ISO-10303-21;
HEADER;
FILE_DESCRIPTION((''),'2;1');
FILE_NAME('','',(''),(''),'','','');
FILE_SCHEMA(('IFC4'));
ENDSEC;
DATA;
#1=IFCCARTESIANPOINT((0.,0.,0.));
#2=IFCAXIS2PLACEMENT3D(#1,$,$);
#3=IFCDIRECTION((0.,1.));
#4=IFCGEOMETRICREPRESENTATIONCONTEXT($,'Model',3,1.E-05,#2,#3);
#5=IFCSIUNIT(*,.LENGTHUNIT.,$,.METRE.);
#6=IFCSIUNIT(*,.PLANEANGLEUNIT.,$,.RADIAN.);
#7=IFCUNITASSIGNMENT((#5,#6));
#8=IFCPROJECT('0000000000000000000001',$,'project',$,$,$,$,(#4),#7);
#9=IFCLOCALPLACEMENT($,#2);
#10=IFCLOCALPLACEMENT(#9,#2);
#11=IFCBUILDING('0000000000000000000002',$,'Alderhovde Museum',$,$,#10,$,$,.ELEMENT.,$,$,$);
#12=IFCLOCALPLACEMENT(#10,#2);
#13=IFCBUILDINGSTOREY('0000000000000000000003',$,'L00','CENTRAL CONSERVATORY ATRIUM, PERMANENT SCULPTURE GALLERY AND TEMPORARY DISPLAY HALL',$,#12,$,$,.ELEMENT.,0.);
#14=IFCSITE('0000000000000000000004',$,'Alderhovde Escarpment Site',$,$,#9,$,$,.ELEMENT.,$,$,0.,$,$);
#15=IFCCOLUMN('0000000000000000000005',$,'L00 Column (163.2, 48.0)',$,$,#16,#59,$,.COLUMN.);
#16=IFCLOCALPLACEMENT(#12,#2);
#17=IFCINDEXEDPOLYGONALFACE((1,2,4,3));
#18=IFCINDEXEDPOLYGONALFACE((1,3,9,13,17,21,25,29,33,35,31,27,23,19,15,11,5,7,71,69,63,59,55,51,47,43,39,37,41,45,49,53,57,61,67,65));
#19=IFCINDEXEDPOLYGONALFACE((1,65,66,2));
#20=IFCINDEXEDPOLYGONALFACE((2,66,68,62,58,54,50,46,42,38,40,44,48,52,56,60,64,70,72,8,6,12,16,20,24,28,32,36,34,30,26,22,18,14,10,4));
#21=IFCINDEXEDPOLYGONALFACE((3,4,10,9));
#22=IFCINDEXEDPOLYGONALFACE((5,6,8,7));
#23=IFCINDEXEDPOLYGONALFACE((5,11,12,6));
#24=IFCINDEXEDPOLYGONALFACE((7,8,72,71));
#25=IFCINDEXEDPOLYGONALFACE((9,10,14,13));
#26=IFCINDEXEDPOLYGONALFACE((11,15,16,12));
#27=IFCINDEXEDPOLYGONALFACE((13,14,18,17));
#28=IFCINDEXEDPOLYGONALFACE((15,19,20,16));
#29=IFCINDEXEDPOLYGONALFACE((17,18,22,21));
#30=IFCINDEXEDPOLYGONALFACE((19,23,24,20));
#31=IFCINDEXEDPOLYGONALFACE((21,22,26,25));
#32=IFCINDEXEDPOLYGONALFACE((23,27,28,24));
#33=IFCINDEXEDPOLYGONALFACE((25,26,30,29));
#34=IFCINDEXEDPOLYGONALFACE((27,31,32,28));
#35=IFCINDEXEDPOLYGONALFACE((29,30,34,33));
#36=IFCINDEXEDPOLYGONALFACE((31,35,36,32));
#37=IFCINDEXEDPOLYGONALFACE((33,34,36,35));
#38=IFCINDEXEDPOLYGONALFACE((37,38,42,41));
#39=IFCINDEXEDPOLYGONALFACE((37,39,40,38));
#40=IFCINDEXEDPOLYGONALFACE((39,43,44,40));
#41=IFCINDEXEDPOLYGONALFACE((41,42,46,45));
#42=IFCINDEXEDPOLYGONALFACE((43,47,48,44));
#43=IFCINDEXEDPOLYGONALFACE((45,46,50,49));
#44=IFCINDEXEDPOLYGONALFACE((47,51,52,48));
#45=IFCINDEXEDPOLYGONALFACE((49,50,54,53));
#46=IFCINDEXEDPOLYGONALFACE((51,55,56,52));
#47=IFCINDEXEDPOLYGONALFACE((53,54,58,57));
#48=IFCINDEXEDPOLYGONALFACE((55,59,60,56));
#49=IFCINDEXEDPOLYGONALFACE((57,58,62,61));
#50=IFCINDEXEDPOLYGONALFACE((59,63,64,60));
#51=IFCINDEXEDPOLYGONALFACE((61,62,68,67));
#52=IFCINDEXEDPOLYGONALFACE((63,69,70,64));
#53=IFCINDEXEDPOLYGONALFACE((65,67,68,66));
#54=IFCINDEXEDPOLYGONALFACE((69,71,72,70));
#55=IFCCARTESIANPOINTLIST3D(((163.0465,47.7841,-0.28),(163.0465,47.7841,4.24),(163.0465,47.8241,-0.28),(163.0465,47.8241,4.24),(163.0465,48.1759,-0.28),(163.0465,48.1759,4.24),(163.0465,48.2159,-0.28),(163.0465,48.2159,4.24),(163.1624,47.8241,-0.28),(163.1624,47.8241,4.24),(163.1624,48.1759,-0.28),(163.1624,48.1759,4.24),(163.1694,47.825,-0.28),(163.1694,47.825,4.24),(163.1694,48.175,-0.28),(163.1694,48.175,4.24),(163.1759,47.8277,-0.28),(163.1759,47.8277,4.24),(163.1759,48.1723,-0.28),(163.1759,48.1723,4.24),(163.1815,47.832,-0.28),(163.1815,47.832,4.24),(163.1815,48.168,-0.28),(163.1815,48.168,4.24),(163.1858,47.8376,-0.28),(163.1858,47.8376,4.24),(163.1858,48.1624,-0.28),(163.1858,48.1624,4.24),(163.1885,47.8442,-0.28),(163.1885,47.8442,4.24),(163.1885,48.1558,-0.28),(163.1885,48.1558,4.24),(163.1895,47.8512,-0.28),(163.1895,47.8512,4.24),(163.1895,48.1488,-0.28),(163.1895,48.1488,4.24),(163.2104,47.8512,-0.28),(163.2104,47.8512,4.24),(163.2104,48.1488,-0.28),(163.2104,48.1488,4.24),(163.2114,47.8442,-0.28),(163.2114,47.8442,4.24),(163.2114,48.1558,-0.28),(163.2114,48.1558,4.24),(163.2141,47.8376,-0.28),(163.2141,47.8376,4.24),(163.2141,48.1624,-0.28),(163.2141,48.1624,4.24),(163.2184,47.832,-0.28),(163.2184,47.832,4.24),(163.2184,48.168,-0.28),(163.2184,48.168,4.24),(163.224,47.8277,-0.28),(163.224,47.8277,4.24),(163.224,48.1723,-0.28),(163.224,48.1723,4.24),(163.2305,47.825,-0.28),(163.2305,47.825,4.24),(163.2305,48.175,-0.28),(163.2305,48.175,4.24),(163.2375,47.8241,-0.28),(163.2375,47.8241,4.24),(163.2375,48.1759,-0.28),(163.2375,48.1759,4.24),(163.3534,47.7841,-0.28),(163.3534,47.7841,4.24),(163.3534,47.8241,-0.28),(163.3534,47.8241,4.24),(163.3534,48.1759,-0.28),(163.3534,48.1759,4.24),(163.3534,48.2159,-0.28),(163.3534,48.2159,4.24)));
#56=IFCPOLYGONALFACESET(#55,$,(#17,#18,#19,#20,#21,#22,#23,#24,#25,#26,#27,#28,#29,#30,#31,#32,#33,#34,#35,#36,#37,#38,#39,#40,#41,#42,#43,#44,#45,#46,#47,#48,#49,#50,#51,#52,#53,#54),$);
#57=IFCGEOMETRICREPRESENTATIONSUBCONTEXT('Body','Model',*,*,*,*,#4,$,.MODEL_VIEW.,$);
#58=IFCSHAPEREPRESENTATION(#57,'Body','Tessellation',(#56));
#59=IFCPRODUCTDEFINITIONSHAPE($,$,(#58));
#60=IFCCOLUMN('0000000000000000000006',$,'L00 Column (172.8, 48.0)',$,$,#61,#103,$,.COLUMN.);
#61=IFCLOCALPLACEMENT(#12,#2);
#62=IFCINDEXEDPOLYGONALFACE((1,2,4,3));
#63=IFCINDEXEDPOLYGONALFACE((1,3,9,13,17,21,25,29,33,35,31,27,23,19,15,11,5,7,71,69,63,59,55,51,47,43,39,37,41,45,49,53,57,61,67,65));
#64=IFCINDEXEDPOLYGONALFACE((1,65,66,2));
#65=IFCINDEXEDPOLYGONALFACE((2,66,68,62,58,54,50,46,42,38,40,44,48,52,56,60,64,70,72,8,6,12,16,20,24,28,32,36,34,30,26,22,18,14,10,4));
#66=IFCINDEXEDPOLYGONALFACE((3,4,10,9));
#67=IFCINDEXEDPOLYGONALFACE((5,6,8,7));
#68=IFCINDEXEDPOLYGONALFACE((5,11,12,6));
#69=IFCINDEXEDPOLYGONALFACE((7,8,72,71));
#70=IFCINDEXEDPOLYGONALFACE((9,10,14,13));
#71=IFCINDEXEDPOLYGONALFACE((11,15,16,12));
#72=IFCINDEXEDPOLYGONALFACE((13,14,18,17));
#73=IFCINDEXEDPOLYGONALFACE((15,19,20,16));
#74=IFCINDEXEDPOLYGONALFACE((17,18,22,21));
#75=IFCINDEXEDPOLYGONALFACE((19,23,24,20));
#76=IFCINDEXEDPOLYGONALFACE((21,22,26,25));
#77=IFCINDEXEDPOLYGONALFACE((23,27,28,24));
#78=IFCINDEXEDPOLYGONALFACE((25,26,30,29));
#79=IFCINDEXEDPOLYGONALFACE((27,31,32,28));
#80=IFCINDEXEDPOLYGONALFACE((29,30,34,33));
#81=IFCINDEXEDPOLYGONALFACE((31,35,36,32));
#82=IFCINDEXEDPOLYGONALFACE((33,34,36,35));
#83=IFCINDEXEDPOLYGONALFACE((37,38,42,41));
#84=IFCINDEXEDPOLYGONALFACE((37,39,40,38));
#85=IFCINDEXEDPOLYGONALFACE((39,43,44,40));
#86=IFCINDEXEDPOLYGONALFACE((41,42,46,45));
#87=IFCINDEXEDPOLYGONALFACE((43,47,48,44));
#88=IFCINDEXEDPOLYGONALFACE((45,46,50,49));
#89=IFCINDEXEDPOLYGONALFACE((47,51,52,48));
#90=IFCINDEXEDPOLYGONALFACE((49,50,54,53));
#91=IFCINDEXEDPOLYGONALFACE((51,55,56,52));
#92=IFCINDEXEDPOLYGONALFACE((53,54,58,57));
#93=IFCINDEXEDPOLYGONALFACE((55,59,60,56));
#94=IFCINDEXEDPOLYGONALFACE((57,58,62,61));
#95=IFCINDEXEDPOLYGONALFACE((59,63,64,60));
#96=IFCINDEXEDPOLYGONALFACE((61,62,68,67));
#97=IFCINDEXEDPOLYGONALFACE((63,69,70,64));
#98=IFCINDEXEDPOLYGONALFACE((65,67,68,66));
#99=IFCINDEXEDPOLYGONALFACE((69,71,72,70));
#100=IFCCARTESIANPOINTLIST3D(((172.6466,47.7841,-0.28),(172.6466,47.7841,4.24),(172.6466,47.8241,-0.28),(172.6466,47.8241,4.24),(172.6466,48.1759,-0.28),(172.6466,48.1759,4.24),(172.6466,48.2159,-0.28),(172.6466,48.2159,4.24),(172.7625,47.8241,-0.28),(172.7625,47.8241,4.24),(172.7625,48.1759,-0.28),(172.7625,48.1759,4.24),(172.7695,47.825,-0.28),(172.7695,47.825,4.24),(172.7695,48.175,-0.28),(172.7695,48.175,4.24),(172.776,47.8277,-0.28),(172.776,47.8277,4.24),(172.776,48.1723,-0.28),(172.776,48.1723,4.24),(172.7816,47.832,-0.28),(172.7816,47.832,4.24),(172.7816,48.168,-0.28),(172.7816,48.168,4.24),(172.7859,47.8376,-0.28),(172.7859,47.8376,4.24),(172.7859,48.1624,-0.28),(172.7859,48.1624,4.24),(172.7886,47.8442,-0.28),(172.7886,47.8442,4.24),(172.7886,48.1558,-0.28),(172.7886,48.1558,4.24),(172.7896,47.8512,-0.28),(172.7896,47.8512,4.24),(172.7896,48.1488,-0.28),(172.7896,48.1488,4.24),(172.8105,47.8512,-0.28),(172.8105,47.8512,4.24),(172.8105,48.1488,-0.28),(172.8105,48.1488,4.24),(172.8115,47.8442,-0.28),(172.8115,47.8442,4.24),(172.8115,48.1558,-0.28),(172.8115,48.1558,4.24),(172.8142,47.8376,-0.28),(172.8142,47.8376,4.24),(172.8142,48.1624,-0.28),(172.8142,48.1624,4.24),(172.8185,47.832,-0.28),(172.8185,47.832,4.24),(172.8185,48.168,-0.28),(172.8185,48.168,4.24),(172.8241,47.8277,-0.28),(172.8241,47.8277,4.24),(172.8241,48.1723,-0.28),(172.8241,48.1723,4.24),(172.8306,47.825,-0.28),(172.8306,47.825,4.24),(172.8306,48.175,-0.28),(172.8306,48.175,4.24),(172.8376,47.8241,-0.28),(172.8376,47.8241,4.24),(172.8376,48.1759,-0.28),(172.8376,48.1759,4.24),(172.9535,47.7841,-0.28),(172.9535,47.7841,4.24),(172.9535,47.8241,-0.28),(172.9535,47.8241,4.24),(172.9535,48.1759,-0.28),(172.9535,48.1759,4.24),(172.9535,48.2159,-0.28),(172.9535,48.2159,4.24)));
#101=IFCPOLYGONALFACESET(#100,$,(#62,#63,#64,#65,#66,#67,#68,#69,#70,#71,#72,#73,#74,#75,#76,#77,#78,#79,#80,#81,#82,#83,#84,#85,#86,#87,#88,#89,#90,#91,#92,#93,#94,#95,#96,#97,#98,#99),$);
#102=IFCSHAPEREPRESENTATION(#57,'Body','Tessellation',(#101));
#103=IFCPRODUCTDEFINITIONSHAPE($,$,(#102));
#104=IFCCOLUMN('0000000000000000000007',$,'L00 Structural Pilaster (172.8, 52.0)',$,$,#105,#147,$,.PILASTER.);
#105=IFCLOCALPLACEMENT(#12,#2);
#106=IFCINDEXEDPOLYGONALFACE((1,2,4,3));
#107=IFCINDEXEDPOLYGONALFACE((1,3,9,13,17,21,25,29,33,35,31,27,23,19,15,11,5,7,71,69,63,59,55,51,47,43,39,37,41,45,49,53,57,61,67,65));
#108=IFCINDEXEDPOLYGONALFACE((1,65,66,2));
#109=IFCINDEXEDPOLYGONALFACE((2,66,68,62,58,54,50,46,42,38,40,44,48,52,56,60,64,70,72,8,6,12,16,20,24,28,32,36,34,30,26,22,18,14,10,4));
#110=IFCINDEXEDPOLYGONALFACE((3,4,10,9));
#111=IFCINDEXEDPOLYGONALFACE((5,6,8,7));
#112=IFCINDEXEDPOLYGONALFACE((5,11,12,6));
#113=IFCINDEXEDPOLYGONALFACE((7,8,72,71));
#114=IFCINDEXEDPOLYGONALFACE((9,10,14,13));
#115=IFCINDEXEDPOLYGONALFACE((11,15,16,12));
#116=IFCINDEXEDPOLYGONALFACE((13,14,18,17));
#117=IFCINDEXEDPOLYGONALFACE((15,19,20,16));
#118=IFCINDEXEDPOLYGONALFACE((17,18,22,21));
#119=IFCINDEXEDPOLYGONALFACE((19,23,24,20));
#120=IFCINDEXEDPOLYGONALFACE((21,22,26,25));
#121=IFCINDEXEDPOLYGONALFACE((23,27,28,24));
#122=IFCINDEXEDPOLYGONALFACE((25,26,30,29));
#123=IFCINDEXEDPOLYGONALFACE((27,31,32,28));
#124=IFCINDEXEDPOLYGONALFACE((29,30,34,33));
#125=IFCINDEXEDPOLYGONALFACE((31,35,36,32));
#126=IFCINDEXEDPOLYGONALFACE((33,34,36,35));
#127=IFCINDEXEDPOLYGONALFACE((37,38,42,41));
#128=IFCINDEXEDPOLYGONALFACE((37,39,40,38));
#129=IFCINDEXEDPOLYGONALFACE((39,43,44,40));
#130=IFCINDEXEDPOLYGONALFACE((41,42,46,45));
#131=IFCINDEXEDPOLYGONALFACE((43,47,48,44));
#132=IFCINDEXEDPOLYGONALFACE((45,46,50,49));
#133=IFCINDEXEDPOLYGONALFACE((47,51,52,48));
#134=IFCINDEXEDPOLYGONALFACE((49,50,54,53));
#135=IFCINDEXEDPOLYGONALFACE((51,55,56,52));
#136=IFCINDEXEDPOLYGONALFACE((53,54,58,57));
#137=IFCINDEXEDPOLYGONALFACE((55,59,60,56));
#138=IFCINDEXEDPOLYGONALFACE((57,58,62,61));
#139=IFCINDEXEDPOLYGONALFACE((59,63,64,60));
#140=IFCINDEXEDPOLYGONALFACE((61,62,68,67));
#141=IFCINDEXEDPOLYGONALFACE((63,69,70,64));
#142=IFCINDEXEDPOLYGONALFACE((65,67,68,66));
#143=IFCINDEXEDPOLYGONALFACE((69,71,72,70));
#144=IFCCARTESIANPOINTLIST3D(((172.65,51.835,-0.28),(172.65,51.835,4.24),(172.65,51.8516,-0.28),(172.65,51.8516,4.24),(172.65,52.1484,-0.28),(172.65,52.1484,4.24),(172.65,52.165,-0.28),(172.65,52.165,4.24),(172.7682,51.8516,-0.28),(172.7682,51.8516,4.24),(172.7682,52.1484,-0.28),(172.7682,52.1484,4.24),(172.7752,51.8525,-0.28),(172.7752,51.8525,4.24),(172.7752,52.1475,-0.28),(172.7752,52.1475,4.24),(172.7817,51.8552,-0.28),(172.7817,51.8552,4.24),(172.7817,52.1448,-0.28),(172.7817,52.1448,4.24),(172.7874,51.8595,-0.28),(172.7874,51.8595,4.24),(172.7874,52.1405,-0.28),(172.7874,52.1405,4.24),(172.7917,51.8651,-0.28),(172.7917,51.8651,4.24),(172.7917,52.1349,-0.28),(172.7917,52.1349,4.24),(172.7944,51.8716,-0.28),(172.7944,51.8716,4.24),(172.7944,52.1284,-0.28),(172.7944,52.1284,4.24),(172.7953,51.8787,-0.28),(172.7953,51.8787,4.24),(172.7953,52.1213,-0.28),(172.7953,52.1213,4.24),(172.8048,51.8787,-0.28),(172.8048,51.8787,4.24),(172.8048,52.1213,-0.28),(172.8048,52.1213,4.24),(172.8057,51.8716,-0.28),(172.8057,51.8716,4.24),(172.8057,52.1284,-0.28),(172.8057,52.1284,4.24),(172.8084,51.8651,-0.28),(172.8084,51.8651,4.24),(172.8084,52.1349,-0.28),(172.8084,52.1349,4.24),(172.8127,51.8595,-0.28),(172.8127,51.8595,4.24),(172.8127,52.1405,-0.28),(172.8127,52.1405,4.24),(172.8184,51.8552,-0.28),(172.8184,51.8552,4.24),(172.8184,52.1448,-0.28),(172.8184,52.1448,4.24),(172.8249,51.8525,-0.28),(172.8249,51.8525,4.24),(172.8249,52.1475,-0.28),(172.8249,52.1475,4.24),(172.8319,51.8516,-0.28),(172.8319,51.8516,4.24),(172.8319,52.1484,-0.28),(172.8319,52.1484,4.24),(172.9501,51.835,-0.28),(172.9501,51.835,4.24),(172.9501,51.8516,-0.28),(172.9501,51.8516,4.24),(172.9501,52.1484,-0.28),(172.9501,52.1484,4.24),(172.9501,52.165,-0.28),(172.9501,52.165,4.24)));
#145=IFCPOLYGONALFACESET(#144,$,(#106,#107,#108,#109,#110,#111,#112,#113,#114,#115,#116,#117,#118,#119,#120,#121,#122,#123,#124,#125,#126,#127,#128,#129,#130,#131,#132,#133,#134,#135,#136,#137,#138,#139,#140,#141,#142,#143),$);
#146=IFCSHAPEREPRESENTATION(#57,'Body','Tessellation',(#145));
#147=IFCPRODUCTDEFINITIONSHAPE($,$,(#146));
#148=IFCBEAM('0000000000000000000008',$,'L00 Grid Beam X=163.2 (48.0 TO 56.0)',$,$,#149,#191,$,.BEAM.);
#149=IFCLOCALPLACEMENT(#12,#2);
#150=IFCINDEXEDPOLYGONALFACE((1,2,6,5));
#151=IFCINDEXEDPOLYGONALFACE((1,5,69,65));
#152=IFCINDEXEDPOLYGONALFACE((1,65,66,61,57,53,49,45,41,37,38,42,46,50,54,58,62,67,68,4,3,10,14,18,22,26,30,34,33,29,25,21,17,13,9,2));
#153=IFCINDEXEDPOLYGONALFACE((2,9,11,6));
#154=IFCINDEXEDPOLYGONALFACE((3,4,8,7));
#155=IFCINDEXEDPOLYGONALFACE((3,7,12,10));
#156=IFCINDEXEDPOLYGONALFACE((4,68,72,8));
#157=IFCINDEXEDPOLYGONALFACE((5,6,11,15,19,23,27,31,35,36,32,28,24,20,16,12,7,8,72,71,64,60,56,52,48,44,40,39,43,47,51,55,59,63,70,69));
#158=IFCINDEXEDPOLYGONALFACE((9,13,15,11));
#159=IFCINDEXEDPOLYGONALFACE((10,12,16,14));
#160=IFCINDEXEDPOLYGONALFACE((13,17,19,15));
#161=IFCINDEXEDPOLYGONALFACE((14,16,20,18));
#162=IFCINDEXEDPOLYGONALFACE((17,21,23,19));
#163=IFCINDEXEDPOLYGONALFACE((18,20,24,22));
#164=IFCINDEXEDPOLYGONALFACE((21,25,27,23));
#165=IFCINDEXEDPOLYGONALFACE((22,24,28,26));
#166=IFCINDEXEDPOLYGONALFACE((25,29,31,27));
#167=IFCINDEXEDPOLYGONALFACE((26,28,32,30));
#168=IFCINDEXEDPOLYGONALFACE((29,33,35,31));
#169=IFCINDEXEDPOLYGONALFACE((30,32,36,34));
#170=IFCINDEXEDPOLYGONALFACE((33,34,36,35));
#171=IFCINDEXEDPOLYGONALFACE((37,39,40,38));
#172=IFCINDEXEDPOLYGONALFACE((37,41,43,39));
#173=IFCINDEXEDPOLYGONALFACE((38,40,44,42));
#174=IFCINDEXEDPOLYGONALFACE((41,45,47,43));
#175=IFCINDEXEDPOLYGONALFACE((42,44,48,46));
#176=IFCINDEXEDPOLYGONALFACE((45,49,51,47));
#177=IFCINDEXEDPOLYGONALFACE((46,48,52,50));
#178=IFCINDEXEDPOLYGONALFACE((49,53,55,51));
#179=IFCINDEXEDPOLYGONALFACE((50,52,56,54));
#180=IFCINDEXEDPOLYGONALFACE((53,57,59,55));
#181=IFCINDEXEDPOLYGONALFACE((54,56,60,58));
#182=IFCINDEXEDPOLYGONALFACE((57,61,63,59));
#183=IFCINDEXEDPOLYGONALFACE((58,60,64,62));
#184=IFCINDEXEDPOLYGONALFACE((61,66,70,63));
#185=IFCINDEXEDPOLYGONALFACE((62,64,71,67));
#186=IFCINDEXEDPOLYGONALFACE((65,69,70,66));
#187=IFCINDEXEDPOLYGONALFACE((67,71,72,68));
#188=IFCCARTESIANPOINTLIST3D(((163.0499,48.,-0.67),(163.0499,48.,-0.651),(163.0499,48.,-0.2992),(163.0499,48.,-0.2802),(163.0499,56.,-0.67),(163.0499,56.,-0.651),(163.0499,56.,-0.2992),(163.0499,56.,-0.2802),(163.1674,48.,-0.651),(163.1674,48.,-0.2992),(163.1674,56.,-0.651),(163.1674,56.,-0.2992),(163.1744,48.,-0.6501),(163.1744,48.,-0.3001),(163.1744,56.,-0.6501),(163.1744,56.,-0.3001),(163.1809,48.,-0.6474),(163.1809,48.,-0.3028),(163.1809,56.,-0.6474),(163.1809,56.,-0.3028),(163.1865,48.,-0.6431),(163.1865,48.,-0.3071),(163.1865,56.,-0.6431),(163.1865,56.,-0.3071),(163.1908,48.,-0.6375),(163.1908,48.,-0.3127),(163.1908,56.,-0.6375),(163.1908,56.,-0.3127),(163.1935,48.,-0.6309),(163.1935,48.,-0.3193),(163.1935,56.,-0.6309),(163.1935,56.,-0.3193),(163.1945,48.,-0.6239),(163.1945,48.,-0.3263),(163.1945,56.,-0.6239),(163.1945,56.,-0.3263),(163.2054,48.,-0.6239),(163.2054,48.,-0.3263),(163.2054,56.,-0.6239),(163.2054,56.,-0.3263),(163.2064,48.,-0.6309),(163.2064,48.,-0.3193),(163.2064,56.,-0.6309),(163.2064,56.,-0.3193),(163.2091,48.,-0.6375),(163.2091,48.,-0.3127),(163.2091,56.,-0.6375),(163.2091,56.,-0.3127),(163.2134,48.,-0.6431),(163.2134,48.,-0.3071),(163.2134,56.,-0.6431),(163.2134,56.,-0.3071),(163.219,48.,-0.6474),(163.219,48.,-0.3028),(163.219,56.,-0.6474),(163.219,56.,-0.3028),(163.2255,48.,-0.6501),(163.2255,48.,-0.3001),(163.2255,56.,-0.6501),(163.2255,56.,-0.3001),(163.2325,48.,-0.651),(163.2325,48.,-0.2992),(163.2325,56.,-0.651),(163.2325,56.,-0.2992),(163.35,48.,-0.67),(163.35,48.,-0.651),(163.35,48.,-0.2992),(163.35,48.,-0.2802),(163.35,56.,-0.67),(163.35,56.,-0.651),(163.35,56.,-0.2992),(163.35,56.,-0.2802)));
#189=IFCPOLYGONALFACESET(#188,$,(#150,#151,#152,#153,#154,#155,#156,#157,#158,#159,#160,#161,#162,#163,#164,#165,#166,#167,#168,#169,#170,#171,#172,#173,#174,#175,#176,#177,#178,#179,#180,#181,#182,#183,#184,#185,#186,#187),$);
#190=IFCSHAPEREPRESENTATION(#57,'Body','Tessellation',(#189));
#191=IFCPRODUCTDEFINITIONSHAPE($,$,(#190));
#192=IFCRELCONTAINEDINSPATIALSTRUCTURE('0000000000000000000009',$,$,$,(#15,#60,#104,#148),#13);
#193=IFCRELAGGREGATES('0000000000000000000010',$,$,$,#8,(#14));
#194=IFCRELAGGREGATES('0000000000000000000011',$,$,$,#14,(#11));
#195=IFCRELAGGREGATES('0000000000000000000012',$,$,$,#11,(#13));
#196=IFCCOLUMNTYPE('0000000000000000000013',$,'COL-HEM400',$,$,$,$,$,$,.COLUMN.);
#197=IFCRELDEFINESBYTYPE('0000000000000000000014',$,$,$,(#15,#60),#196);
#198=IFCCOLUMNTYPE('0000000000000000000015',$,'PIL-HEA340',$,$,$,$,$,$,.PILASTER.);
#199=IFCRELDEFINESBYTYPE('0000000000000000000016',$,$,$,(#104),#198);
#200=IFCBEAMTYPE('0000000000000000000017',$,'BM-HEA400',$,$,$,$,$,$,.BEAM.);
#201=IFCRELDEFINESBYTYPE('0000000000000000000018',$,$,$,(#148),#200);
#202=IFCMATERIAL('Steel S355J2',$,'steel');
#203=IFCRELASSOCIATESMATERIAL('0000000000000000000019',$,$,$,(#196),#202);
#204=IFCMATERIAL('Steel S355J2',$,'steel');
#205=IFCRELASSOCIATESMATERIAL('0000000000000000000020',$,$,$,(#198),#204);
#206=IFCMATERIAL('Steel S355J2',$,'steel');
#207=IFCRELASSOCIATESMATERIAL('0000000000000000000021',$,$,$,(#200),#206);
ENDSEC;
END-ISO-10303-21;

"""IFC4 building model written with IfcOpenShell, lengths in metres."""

from ifc_helpers import new_model, si_unit, direction, frame, origin, origin_2d, place, context, subcontext, project, spatial, i_section, extrude, material, material_profile, profile_set, type_object, element, save


model = new_model("IFC4")

# Units and contexts
model_context = context("Model", 3, precision=1e-05, world=origin(), true_north=direction((0.0, 1.0)))
body_context = subcontext(model_context, "Body", "Model", "MODEL_VIEW")
ifc_project = project(units=[si_unit("LENGTHUNIT", "METRE"), si_unit("PLANEANGLEUNIT", "RADIAN")], contexts=[model_context])

# Site, building, storey
site_placement = place(None, origin())
site = spatial("IfcSite", under=ifc_project, at=site_placement, Name="Alderhovde Escarpment Site", CompositionType="ELEMENT", RefElevation=0.0)
building_placement = place(site_placement, origin())
building = spatial("IfcBuilding", under=site, at=building_placement, Name="Alderhovde Museum", CompositionType="ELEMENT")
storey_placement = place(building_placement, origin())
storey = spatial("IfcBuildingStorey", under=building, at=storey_placement, Name="L00", Description="CENTRAL CONSERVATORY ATRIUM, PERMANENT SCULPTURE GALLERY AND TEMPORARY DISPLAY HALL", CompositionType="ELEMENT", Elevation=0.0)

# Columns
ifc_material_1 = material(Name="Steel S355J2", Category="steel")
ifc_material_profile_1 = material_profile(ifc_material_1, i_section(OverallWidth=0.3069, OverallDepth=0.4319, WebThickness=0.021, FlangeThickness=0.04, FilletRadius=0.0271, at=origin_2d()), Name="HEM 400")
ifc_profile_set_1 = profile_set([ifc_material_profile_1], Name="Steel S355J2")
column_type_1 = type_object("IfcColumnType", Name="COL-HEM400", PredefinedType="COLUMN", material=ifc_profile_set_1)
for number, where, z_axis, x_axis, name in (
    (1, (163.2, 48.0, -0.28), (0.0, 0.0, 1.0), (1.0, 0.0, 0.0), "L00 Column (163.2, 48.0)"),
    (2, (172.8, 48.0, -0.28), (0.0, 0.0, 1.0), (1.0, 0.0, 0.0), "L00 Column (172.8, 48.0)"),
):
    element("IfcColumn", number, at=place(storey_placement, frame(where, z_axis=z_axis, x_axis=x_axis)), inside=storey, type_object=column_type_1, Name=name, PredefinedType="COLUMN", context=body_context, shape_type="SweptSolid", body=[
        extrude(i_section(OverallWidth=0.3069, OverallDepth=0.4319, WebThickness=0.021, FlangeThickness=0.04, FilletRadius=0.0271, at=origin_2d()), origin(), (0.0, 0.0, 1.0), 4.52),
    ])
ifc_material_2 = material(Name="Steel S355J2", Category="steel")
ifc_material_profile_2 = material_profile(ifc_material_2, i_section(OverallWidth=0.3, OverallDepth=0.3301, WebThickness=0.0095, FlangeThickness=0.0166, FilletRadius=0.0271, at=origin_2d()), Name="HEA 340")
ifc_profile_set_2 = profile_set([ifc_material_profile_2], Name="Steel S355J2")
column_type_2 = type_object("IfcColumnType", Name="PIL-HEA340", PredefinedType="PILASTER", material=ifc_profile_set_2)
column_placement = place(storey_placement, frame((172.8, 52.0, -0.28), z_axis=(0.0, 0.0, 1.0), x_axis=(1.0, 0.0, 0.0)))
element("IfcColumn", 3, at=column_placement, inside=storey, type_object=column_type_2, Name="L00 Structural Pilaster (172.8, 52.0)", PredefinedType="PILASTER", context=body_context, shape_type="SweptSolid", body=[
    extrude(i_section(OverallWidth=0.3, OverallDepth=0.3301, WebThickness=0.0095, FlangeThickness=0.0166, FilletRadius=0.0271, at=origin_2d()), origin(), (0.0, 0.0, 1.0), 4.52),
])

# Beam
ifc_material_3 = material(Name="Steel S355J2", Category="steel")
ifc_material_profile_3 = material_profile(ifc_material_3, i_section(OverallWidth=0.3, OverallDepth=0.3899, WebThickness=0.011, FlangeThickness=0.019, FilletRadius=0.0271, at=origin_2d()), Name="HEA 400")
ifc_profile_set_3 = profile_set([ifc_material_profile_3], Name="Steel S355J2")
beam_type_1 = type_object("IfcBeamType", Name="BM-HEA400", PredefinedType="BEAM", material=ifc_profile_set_3)
for number, where, z_axis, x_axis, name in (
    (4, (163.2, 48.0, -0.4751), (0.0, 1.0, 0.0), (-1.0, 0.0, 0.0), "L00 Grid Beam X=163.2 (48.0 TO 56.0)"),
):
    element("IfcBeam", number, at=place(storey_placement, frame(where, z_axis=z_axis, x_axis=x_axis)), inside=storey, type_object=beam_type_1, Name=name, PredefinedType="BEAM", context=body_context, shape_type="SweptSolid", body=[
        extrude(i_section(OverallWidth=0.3, OverallDepth=0.3899, WebThickness=0.011, FlangeThickness=0.019, FilletRadius=0.0271, at=origin_2d()), origin(), (0.0, 0.0, 1.0), 8.0),
    ])

save(model, "model.ifc")
